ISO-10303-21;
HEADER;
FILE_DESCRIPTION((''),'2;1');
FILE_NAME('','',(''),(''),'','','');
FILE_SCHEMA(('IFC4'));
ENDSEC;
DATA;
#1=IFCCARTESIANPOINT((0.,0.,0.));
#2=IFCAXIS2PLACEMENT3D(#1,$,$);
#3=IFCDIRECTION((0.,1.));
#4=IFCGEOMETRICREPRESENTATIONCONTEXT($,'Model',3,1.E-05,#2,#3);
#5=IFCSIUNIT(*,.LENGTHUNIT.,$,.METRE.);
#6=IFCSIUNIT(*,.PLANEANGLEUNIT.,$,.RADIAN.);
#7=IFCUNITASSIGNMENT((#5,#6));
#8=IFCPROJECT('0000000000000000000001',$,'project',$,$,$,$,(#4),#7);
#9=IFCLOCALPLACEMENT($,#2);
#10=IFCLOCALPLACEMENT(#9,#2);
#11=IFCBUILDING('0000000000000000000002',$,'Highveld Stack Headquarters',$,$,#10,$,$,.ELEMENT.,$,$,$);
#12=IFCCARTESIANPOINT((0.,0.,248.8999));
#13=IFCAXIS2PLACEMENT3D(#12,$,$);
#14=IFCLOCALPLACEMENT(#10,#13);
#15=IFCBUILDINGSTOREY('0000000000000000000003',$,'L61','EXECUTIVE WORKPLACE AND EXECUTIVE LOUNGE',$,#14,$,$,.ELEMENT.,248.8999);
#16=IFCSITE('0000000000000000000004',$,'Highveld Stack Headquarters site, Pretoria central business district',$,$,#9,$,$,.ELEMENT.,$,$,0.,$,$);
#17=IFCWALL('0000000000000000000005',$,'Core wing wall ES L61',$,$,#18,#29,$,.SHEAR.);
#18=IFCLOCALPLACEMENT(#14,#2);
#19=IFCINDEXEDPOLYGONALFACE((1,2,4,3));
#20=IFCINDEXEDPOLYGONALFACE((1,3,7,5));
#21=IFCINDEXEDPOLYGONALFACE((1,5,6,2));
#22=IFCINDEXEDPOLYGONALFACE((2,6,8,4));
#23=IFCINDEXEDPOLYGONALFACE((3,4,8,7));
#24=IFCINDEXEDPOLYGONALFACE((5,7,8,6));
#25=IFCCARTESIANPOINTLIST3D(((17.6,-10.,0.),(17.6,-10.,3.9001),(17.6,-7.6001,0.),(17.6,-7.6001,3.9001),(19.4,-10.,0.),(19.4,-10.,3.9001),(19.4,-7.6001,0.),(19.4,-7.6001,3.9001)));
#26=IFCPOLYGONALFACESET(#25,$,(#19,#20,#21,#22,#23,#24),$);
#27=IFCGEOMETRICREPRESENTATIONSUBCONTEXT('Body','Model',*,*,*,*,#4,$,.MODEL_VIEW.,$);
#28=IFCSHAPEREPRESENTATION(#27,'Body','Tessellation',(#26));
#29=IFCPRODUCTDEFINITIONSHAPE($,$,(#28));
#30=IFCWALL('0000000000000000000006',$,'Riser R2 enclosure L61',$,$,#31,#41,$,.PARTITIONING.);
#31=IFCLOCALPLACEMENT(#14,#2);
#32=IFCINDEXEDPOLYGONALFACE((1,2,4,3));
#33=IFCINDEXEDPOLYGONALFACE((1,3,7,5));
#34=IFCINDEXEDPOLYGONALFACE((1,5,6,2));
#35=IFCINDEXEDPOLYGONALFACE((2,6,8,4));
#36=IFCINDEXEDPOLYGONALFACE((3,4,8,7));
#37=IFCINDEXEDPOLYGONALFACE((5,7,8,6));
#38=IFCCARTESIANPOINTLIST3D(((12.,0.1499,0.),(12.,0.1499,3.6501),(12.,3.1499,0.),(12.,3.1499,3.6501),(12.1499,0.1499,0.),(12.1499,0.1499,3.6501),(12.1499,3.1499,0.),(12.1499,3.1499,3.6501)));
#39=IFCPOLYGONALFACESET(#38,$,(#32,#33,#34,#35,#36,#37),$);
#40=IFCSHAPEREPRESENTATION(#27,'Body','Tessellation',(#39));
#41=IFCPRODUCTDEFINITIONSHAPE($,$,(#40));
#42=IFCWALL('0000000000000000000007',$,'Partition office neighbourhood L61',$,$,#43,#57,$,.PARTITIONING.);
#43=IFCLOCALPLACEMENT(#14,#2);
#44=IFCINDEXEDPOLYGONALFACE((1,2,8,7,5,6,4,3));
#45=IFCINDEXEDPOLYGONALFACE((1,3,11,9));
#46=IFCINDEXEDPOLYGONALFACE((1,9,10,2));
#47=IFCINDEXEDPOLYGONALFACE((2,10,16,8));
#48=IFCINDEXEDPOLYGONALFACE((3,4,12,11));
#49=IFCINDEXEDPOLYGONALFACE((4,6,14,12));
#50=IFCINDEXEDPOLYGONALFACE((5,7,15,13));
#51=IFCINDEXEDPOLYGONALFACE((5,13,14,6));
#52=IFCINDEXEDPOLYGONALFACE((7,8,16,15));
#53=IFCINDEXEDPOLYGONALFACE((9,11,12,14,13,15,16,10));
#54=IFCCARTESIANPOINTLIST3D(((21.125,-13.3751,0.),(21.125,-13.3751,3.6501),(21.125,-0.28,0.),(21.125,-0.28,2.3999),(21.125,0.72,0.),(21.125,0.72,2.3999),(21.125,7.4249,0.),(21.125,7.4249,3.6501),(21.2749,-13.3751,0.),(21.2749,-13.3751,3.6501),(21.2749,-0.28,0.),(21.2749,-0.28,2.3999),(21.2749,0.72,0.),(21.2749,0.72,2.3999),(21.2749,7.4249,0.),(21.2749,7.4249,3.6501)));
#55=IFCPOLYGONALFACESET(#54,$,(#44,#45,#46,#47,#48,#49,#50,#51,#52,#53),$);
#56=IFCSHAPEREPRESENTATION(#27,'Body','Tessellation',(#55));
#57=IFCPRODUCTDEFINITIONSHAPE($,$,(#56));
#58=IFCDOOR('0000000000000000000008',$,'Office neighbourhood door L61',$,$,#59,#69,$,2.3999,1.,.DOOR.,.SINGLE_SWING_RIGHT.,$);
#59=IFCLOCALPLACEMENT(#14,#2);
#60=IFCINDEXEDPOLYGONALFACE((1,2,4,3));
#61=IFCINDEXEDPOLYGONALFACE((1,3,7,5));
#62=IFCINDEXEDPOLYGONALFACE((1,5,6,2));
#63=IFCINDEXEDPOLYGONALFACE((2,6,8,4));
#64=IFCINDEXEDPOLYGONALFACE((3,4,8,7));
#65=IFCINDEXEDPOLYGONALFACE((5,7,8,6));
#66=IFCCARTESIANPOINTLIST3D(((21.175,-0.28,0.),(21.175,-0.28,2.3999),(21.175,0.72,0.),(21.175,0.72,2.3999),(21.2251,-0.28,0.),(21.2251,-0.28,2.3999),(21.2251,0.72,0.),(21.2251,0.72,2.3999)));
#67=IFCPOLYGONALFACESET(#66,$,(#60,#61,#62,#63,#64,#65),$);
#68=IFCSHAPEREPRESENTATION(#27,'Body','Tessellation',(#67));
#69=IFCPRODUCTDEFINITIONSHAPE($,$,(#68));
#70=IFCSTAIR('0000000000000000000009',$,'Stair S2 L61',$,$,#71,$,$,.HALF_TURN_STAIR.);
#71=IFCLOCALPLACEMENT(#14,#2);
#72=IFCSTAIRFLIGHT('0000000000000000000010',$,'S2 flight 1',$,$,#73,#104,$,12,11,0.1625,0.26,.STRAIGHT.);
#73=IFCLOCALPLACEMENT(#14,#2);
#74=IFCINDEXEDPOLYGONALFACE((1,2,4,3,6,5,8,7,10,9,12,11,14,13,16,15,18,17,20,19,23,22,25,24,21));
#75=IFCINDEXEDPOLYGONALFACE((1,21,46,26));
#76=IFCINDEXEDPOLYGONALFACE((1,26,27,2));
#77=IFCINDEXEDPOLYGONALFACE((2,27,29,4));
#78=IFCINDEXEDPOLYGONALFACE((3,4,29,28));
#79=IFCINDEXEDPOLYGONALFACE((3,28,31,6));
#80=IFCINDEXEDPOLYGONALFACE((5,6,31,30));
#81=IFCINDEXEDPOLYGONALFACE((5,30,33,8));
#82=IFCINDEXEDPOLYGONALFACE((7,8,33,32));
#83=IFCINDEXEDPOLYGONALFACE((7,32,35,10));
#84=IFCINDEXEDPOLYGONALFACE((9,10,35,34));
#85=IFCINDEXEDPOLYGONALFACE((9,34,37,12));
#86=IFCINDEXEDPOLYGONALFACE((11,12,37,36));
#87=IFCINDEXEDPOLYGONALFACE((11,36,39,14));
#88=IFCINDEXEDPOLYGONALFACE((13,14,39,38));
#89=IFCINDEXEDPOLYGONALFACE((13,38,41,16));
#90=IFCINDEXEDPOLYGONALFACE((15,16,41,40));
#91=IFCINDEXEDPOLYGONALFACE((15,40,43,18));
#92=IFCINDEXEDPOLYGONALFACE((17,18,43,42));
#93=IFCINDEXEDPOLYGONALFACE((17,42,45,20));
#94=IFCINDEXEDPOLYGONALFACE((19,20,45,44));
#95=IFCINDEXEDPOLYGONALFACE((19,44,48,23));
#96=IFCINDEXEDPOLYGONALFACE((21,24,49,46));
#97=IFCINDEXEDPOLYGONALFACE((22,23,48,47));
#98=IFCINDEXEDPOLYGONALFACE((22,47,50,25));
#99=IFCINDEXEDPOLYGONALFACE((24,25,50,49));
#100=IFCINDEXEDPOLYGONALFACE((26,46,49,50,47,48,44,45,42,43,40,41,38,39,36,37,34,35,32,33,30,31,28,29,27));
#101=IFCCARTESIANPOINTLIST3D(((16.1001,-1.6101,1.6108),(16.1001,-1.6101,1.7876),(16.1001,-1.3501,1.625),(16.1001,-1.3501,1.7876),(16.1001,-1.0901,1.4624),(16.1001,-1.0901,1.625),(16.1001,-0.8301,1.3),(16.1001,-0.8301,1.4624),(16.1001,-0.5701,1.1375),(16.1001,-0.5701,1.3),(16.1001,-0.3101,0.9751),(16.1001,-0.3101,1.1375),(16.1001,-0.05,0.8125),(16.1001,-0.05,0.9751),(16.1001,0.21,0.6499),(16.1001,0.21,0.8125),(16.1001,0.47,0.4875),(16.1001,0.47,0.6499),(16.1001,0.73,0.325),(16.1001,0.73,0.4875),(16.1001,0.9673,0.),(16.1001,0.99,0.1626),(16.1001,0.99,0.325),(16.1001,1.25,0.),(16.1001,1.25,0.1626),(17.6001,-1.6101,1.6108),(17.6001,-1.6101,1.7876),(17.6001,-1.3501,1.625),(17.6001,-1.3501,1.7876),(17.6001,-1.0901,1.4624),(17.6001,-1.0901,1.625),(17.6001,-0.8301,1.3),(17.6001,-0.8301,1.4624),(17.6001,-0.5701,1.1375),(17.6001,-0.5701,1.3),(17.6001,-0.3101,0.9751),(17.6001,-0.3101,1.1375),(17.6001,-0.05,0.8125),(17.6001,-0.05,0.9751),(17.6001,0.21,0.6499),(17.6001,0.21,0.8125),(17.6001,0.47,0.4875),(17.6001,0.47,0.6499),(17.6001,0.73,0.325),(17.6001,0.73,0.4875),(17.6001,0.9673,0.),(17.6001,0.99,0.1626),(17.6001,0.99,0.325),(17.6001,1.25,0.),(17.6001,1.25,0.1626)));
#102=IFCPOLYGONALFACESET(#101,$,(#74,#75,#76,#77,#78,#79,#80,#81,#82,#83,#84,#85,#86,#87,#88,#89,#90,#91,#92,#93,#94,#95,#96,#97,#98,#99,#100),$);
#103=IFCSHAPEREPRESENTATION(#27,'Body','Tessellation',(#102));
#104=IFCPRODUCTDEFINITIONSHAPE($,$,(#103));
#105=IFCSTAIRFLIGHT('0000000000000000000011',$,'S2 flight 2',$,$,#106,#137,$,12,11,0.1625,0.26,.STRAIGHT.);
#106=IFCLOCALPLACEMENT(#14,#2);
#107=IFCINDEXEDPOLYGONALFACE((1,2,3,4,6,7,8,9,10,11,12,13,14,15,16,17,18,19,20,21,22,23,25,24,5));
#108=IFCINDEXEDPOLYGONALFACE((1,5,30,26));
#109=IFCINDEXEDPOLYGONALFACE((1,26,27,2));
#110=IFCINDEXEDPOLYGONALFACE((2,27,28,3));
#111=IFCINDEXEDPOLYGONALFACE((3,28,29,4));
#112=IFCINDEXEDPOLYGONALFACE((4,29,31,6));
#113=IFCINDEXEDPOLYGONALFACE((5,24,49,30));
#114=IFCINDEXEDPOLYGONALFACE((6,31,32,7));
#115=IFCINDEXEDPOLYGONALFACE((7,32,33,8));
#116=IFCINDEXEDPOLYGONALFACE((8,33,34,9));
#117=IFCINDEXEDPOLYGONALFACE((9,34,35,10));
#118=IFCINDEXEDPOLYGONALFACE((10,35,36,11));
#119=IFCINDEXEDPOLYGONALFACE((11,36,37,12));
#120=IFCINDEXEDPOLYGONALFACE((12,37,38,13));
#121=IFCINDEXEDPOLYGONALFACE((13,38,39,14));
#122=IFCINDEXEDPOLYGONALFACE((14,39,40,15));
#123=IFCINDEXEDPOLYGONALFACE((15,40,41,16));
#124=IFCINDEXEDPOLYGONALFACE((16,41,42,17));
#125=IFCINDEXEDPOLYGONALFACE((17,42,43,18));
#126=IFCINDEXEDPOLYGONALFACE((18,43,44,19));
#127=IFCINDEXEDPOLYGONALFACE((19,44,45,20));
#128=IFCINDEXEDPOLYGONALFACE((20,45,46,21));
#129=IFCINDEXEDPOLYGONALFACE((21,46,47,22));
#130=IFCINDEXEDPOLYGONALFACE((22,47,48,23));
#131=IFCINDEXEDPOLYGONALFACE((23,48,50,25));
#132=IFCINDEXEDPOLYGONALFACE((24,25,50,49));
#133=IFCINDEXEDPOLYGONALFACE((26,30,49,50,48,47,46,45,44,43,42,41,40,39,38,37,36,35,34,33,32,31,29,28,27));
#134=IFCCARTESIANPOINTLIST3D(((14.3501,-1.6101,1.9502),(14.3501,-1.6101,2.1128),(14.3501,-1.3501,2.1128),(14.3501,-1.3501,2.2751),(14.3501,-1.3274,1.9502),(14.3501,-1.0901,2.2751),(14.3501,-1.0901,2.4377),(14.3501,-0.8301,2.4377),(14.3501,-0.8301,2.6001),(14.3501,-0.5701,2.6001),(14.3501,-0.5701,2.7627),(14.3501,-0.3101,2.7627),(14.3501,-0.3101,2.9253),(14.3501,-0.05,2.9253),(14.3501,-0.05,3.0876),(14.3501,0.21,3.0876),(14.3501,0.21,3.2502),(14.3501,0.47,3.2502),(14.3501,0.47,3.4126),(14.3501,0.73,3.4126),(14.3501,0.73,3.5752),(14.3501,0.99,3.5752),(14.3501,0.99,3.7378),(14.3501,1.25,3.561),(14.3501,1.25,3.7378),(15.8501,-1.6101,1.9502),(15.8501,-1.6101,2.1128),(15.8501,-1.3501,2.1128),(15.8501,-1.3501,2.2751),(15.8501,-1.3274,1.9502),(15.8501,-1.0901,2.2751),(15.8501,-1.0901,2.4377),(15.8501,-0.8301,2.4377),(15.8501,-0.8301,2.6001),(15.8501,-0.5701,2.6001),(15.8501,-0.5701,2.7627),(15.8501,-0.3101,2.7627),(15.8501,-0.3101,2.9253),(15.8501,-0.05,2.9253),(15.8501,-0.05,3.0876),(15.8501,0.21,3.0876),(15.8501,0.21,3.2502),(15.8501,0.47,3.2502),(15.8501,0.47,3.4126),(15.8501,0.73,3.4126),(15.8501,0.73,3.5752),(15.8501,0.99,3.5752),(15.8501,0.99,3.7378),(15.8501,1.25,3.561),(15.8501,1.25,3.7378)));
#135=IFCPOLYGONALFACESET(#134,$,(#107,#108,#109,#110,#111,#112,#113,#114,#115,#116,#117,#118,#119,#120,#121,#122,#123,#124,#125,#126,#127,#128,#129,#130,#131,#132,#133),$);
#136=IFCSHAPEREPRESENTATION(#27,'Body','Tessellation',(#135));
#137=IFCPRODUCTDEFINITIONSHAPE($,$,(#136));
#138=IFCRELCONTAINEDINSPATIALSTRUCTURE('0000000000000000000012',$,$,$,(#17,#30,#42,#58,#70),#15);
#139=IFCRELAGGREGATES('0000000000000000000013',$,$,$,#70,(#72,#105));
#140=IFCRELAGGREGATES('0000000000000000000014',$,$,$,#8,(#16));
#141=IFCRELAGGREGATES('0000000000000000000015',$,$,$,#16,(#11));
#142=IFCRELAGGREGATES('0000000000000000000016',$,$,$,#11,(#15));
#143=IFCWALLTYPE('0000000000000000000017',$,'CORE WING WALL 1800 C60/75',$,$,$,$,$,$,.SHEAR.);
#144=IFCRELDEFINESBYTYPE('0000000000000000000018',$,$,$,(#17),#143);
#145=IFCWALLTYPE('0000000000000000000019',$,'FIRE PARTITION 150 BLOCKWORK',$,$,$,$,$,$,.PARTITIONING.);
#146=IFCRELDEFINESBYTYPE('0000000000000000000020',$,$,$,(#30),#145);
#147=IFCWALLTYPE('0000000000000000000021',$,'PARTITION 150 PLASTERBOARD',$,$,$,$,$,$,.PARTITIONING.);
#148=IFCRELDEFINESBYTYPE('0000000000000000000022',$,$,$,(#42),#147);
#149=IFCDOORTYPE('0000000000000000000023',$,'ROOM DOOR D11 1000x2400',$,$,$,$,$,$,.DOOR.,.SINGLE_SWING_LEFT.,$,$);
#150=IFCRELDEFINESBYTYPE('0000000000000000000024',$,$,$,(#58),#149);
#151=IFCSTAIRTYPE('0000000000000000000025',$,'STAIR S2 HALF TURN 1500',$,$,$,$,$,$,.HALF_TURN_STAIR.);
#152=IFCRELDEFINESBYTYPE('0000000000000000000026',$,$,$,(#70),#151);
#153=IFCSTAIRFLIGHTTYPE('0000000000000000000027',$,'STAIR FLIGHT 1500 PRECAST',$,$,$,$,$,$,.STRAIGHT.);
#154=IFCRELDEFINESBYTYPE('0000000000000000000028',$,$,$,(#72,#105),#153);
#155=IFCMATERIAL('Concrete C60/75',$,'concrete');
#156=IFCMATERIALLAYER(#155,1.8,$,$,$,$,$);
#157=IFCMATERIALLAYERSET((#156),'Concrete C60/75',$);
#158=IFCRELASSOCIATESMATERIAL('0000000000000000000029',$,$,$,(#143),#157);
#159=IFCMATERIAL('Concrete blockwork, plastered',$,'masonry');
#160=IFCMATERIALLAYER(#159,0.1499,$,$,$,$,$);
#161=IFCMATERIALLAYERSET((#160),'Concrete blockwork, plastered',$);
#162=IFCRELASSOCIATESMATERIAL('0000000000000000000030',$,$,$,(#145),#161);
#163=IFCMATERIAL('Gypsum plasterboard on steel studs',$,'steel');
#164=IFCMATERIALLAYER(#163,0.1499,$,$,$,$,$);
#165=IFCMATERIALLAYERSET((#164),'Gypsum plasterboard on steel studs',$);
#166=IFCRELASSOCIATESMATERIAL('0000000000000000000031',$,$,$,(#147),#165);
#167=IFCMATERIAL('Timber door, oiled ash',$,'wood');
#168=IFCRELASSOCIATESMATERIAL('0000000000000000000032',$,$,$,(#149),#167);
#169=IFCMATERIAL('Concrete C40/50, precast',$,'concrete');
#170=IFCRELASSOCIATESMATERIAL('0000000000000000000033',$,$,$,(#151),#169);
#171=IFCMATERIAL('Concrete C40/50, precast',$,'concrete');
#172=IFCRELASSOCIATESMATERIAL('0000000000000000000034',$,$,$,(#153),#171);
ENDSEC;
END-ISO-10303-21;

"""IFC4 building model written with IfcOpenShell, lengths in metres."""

from ifc_helpers import new_model, si_unit, direction, frame, frame_2d, origin, place, context, subcontext, project, spatial, polyline, rectangle, outline, extrude, material, layer, layer_set, type_object, element, fill, aggregate, save


model = new_model("IFC4")

# Units and contexts
model_context = context("Model", 3, precision=1e-05, world=origin(), true_north=direction((0.0, 1.0)))
body_context = subcontext(model_context, "Body", "Model", "MODEL_VIEW")
ifc_project = project(units=[si_unit("LENGTHUNIT", "METRE"), si_unit("PLANEANGLEUNIT", "RADIAN")], contexts=[model_context])

# Site, building, storey
site_placement = place(None, origin())
site = spatial("IfcSite", under=ifc_project, at=site_placement, Name="Highveld Stack Headquarters site, Pretoria central business district", CompositionType="ELEMENT", RefElevation=0.0)
building_placement = place(site_placement, origin())
building = spatial("IfcBuilding", under=site, at=building_placement, Name="Highveld Stack Headquarters", CompositionType="ELEMENT")
storey_placement = place(building_placement, frame((0.0, 0.0, 248.8999)))
storey = spatial("IfcBuildingStorey", under=building, at=storey_placement, Name="L61", Description="EXECUTIVE WORKPLACE AND EXECUTIVE LOUNGE", CompositionType="ELEMENT", Elevation=248.8999)

# Walls
ifc_material_1 = material(Name="Concrete C60/75", Category="concrete")
ifc_layer_1 = layer(ifc_material_1, 1.8)
ifc_layer_set_1 = layer_set([ifc_layer_1], Name="Concrete C60/75")
wall_type_1 = type_object("IfcWallType", Name="CORE WING WALL 1800 C60/75", PredefinedType="SHEAR", material=ifc_layer_set_1)
wall_1_placement = place(storey_placement, frame((18.5, -10.0, 0.0), z_axis=(0.0, 0.0, 1.0), x_axis=(0.0, 1.0, 0.0)))
element("IfcWall", 1, at=wall_1_placement, inside=storey, type_object=wall_type_1, Name="Core wing wall ES L61", PredefinedType="SHEAR", context=body_context, shape_type="SweptSolid", body=[
    extrude(rectangle(XDim=2.3999, YDim=1.8, at=frame_2d((1.2, 0.0))), origin(), (0.0, 0.0, 1.0), 3.9001),
])
ifc_material_2 = material(Name="Concrete blockwork, plastered", Category="masonry")
ifc_layer_2 = layer(ifc_material_2, 0.1499)
ifc_layer_set_2 = layer_set([ifc_layer_2], Name="Concrete blockwork, plastered")
wall_type_2 = type_object("IfcWallType", Name="FIRE PARTITION 150 BLOCKWORK", PredefinedType="PARTITIONING", material=ifc_layer_set_2)
wall_2_placement = place(storey_placement, frame((12.075, 0.1499, 0.0), z_axis=(0.0, 0.0, 1.0), x_axis=(0.0, 1.0, 0.0)))
element("IfcWall", 2, at=wall_2_placement, inside=storey, type_object=wall_type_2, Name="Riser R2 enclosure L61", PredefinedType="PARTITIONING", context=body_context, shape_type="SweptSolid", body=[
    extrude(rectangle(XDim=3.0, YDim=0.1499, at=frame_2d((1.5, 0.0))), origin(), (0.0, 0.0, 1.0), 3.6501),
])

# Wall, opening, door
ifc_material_3 = material(Name="Gypsum plasterboard on steel studs", Category="steel")
ifc_layer_3 = layer(ifc_material_3, 0.1499)
ifc_layer_set_3 = layer_set([ifc_layer_3], Name="Gypsum plasterboard on steel studs")
wall_type_3 = type_object("IfcWallType", Name="PARTITION 150 PLASTERBOARD", PredefinedType="PARTITIONING", material=ifc_layer_set_3)
wall_3_placement = place(storey_placement, frame((21.2, -13.375, 0.0), z_axis=(0.0, 0.0, 1.0), x_axis=(0.0, 1.0, 0.0)))
wall_3 = element("IfcWall", 3, at=wall_3_placement, inside=storey, type_object=wall_type_3, Name="Partition office neighbourhood L61", PredefinedType="PARTITIONING", context=body_context, shape_type="SweptSolid", body=[
    extrude(rectangle(XDim=20.8, YDim=0.1499, at=frame_2d((10.3999, 0.0))), origin(), (0.0, 0.0, 1.0), 3.6501),
])
opening_1_placement = place(wall_3_placement, frame((13.095, 0.0, 0.0)))
opening_1 = element("IfcOpeningElement", 4, at=opening_1_placement, cuts=wall_3, PredefinedType="OPENING", context=body_context, shape_type="SweptSolid", body=[
    extrude(rectangle(XDim=1.0, YDim=2.3999, at=frame_2d((0.5, 1.2))), frame((0.0, 0.085, 0.0), z_axis=(0.0, -1.0, 0.0), x_axis=(1.0, 0.0, 0.0)), (0.0, 0.0, 1.0), 0.1699),
])
ifc_material_4 = material(Name="Timber door, oiled ash", Category="wood")
door_type_1 = type_object("IfcDoorType", Name="ROOM DOOR D11 1000x2400", OperationType="SINGLE_SWING_LEFT", PredefinedType="DOOR", material=ifc_material_4)
door_1_placement = place(opening_1_placement, origin())
door_1 = element("IfcDoor", 5, at=door_1_placement, inside=storey, type_object=door_type_1, Name="Office neighbourhood door L61", OperationType="SINGLE_SWING_RIGHT", OverallHeight=2.3999, OverallWidth=1.0, PredefinedType="DOOR", context=body_context, shape_type="SweptSolid", body=[
    extrude(rectangle(XDim=1.0, YDim=2.3999, at=frame_2d((0.5, 1.2))), frame((0.0, 0.0249, 0.0), z_axis=(0.0, -1.0, 0.0), x_axis=(1.0, 0.0, 0.0)), (0.0, 0.0, 1.0), 0.05),
])
fill(opening_1, door_1)

# Stair, stair flights
ifc_material_5 = material(Name="Concrete C40/50, precast", Category="concrete")
stair_type = type_object("IfcStairType", Name="STAIR S2 HALF TURN 1500", PredefinedType="HALF_TURN_STAIR", material=ifc_material_5)
stair_placement = place(storey_placement, origin())
stair = element("IfcStair", 6, at=stair_placement, inside=storey, type_object=stair_type, Name="Stair S2 L61", PredefinedType="HALF_TURN_STAIR")
ifc_material_6 = material(Name="Concrete C40/50, precast", Category="concrete")
stair_flight_type = type_object("IfcStairFlightType", Name="STAIR FLIGHT 1500 PRECAST", PredefinedType="STRAIGHT", material=ifc_material_6)
stair_flight_1_placement = place(storey_placement, frame((16.8501, 1.25, 0.0), z_axis=(0.0, 0.0, 1.0), x_axis=(0.0, -1.0, 0.0)))
stair_flight_1 = element("IfcStairFlight", 7, at=stair_flight_1_placement, type_object=stair_flight_type, Name="S2 flight 1", NumberOfRisers=12, NumberOfTreads=11, PredefinedType="STRAIGHT", RiserHeight=0.1625, TreadLength=0.26, context=body_context, shape_type="SweptSolid", body=[
    extrude(outline(polyline([(0.0, 0.0), (0.0, 0.1626), (0.26, 0.1626), (0.26, 0.325), (0.52, 0.325), (0.52, 0.4875), (0.78, 0.4875), (0.78, 0.6499), (1.04, 0.6499), (1.04, 0.8125), (1.3, 0.8125), (1.3, 0.9751), (1.5601, 0.9751), (1.5601, 1.1375), (1.8201, 1.1375), (1.8201, 1.3), (2.0801, 1.3), (2.0801, 1.4624), (2.3401, 1.4624), (2.3401, 1.625), (2.6001, 1.625), (2.6001, 1.7876), (2.8601, 1.7876), (2.8601, 1.95), (2.8601, 1.6108), (0.2827, 0.0), (0.0, 0.0)])), frame((0.0, 0.75, 0.0), z_axis=(0.0, -1.0, 0.0), x_axis=(1.0, 0.0, 0.0)), (0.0, 0.0, 1.0), 1.5),
])
stair_flight_2_placement = place(storey_placement, frame((15.1001, -1.6101, 1.9502), z_axis=(0.0, 0.0, 1.0), x_axis=(0.0, 1.0, 0.0)))
stair_flight_2 = element("IfcStairFlight", 8, at=stair_flight_2_placement, type_object=stair_flight_type, Name="S2 flight 2", NumberOfRisers=12, NumberOfTreads=11, PredefinedType="STRAIGHT", RiserHeight=0.1625, TreadLength=0.26, context=body_context, shape_type="SweptSolid", body=[
    extrude(outline(polyline([(0.0, 0.0), (0.0, 0.1626), (0.26, 0.1626), (0.26, 0.325), (0.52, 0.325), (0.52, 0.4875), (0.78, 0.4875), (0.78, 0.6499), (1.04, 0.6499), (1.04, 0.8125), (1.3, 0.8125), (1.3, 0.9751), (1.5601, 0.9751), (1.5601, 1.1375), (1.8201, 1.1375), (1.8201, 1.3), (2.0801, 1.3), (2.0801, 1.4624), (2.3401, 1.4624), (2.3401, 1.625), (2.6001, 1.625), (2.6001, 1.7876), (2.8601, 1.7876), (2.8601, 1.95), (2.8601, 1.6108), (0.2827, 0.0), (0.0, 0.0)])), frame((0.0, 0.75, 0.0), z_axis=(0.0, -1.0, 0.0), x_axis=(1.0, 0.0, 0.0)), (0.0, 0.0, 1.0), 1.5),
])
aggregate(stair, [stair_flight_1, stair_flight_2])

save(model, "model.ifc")
